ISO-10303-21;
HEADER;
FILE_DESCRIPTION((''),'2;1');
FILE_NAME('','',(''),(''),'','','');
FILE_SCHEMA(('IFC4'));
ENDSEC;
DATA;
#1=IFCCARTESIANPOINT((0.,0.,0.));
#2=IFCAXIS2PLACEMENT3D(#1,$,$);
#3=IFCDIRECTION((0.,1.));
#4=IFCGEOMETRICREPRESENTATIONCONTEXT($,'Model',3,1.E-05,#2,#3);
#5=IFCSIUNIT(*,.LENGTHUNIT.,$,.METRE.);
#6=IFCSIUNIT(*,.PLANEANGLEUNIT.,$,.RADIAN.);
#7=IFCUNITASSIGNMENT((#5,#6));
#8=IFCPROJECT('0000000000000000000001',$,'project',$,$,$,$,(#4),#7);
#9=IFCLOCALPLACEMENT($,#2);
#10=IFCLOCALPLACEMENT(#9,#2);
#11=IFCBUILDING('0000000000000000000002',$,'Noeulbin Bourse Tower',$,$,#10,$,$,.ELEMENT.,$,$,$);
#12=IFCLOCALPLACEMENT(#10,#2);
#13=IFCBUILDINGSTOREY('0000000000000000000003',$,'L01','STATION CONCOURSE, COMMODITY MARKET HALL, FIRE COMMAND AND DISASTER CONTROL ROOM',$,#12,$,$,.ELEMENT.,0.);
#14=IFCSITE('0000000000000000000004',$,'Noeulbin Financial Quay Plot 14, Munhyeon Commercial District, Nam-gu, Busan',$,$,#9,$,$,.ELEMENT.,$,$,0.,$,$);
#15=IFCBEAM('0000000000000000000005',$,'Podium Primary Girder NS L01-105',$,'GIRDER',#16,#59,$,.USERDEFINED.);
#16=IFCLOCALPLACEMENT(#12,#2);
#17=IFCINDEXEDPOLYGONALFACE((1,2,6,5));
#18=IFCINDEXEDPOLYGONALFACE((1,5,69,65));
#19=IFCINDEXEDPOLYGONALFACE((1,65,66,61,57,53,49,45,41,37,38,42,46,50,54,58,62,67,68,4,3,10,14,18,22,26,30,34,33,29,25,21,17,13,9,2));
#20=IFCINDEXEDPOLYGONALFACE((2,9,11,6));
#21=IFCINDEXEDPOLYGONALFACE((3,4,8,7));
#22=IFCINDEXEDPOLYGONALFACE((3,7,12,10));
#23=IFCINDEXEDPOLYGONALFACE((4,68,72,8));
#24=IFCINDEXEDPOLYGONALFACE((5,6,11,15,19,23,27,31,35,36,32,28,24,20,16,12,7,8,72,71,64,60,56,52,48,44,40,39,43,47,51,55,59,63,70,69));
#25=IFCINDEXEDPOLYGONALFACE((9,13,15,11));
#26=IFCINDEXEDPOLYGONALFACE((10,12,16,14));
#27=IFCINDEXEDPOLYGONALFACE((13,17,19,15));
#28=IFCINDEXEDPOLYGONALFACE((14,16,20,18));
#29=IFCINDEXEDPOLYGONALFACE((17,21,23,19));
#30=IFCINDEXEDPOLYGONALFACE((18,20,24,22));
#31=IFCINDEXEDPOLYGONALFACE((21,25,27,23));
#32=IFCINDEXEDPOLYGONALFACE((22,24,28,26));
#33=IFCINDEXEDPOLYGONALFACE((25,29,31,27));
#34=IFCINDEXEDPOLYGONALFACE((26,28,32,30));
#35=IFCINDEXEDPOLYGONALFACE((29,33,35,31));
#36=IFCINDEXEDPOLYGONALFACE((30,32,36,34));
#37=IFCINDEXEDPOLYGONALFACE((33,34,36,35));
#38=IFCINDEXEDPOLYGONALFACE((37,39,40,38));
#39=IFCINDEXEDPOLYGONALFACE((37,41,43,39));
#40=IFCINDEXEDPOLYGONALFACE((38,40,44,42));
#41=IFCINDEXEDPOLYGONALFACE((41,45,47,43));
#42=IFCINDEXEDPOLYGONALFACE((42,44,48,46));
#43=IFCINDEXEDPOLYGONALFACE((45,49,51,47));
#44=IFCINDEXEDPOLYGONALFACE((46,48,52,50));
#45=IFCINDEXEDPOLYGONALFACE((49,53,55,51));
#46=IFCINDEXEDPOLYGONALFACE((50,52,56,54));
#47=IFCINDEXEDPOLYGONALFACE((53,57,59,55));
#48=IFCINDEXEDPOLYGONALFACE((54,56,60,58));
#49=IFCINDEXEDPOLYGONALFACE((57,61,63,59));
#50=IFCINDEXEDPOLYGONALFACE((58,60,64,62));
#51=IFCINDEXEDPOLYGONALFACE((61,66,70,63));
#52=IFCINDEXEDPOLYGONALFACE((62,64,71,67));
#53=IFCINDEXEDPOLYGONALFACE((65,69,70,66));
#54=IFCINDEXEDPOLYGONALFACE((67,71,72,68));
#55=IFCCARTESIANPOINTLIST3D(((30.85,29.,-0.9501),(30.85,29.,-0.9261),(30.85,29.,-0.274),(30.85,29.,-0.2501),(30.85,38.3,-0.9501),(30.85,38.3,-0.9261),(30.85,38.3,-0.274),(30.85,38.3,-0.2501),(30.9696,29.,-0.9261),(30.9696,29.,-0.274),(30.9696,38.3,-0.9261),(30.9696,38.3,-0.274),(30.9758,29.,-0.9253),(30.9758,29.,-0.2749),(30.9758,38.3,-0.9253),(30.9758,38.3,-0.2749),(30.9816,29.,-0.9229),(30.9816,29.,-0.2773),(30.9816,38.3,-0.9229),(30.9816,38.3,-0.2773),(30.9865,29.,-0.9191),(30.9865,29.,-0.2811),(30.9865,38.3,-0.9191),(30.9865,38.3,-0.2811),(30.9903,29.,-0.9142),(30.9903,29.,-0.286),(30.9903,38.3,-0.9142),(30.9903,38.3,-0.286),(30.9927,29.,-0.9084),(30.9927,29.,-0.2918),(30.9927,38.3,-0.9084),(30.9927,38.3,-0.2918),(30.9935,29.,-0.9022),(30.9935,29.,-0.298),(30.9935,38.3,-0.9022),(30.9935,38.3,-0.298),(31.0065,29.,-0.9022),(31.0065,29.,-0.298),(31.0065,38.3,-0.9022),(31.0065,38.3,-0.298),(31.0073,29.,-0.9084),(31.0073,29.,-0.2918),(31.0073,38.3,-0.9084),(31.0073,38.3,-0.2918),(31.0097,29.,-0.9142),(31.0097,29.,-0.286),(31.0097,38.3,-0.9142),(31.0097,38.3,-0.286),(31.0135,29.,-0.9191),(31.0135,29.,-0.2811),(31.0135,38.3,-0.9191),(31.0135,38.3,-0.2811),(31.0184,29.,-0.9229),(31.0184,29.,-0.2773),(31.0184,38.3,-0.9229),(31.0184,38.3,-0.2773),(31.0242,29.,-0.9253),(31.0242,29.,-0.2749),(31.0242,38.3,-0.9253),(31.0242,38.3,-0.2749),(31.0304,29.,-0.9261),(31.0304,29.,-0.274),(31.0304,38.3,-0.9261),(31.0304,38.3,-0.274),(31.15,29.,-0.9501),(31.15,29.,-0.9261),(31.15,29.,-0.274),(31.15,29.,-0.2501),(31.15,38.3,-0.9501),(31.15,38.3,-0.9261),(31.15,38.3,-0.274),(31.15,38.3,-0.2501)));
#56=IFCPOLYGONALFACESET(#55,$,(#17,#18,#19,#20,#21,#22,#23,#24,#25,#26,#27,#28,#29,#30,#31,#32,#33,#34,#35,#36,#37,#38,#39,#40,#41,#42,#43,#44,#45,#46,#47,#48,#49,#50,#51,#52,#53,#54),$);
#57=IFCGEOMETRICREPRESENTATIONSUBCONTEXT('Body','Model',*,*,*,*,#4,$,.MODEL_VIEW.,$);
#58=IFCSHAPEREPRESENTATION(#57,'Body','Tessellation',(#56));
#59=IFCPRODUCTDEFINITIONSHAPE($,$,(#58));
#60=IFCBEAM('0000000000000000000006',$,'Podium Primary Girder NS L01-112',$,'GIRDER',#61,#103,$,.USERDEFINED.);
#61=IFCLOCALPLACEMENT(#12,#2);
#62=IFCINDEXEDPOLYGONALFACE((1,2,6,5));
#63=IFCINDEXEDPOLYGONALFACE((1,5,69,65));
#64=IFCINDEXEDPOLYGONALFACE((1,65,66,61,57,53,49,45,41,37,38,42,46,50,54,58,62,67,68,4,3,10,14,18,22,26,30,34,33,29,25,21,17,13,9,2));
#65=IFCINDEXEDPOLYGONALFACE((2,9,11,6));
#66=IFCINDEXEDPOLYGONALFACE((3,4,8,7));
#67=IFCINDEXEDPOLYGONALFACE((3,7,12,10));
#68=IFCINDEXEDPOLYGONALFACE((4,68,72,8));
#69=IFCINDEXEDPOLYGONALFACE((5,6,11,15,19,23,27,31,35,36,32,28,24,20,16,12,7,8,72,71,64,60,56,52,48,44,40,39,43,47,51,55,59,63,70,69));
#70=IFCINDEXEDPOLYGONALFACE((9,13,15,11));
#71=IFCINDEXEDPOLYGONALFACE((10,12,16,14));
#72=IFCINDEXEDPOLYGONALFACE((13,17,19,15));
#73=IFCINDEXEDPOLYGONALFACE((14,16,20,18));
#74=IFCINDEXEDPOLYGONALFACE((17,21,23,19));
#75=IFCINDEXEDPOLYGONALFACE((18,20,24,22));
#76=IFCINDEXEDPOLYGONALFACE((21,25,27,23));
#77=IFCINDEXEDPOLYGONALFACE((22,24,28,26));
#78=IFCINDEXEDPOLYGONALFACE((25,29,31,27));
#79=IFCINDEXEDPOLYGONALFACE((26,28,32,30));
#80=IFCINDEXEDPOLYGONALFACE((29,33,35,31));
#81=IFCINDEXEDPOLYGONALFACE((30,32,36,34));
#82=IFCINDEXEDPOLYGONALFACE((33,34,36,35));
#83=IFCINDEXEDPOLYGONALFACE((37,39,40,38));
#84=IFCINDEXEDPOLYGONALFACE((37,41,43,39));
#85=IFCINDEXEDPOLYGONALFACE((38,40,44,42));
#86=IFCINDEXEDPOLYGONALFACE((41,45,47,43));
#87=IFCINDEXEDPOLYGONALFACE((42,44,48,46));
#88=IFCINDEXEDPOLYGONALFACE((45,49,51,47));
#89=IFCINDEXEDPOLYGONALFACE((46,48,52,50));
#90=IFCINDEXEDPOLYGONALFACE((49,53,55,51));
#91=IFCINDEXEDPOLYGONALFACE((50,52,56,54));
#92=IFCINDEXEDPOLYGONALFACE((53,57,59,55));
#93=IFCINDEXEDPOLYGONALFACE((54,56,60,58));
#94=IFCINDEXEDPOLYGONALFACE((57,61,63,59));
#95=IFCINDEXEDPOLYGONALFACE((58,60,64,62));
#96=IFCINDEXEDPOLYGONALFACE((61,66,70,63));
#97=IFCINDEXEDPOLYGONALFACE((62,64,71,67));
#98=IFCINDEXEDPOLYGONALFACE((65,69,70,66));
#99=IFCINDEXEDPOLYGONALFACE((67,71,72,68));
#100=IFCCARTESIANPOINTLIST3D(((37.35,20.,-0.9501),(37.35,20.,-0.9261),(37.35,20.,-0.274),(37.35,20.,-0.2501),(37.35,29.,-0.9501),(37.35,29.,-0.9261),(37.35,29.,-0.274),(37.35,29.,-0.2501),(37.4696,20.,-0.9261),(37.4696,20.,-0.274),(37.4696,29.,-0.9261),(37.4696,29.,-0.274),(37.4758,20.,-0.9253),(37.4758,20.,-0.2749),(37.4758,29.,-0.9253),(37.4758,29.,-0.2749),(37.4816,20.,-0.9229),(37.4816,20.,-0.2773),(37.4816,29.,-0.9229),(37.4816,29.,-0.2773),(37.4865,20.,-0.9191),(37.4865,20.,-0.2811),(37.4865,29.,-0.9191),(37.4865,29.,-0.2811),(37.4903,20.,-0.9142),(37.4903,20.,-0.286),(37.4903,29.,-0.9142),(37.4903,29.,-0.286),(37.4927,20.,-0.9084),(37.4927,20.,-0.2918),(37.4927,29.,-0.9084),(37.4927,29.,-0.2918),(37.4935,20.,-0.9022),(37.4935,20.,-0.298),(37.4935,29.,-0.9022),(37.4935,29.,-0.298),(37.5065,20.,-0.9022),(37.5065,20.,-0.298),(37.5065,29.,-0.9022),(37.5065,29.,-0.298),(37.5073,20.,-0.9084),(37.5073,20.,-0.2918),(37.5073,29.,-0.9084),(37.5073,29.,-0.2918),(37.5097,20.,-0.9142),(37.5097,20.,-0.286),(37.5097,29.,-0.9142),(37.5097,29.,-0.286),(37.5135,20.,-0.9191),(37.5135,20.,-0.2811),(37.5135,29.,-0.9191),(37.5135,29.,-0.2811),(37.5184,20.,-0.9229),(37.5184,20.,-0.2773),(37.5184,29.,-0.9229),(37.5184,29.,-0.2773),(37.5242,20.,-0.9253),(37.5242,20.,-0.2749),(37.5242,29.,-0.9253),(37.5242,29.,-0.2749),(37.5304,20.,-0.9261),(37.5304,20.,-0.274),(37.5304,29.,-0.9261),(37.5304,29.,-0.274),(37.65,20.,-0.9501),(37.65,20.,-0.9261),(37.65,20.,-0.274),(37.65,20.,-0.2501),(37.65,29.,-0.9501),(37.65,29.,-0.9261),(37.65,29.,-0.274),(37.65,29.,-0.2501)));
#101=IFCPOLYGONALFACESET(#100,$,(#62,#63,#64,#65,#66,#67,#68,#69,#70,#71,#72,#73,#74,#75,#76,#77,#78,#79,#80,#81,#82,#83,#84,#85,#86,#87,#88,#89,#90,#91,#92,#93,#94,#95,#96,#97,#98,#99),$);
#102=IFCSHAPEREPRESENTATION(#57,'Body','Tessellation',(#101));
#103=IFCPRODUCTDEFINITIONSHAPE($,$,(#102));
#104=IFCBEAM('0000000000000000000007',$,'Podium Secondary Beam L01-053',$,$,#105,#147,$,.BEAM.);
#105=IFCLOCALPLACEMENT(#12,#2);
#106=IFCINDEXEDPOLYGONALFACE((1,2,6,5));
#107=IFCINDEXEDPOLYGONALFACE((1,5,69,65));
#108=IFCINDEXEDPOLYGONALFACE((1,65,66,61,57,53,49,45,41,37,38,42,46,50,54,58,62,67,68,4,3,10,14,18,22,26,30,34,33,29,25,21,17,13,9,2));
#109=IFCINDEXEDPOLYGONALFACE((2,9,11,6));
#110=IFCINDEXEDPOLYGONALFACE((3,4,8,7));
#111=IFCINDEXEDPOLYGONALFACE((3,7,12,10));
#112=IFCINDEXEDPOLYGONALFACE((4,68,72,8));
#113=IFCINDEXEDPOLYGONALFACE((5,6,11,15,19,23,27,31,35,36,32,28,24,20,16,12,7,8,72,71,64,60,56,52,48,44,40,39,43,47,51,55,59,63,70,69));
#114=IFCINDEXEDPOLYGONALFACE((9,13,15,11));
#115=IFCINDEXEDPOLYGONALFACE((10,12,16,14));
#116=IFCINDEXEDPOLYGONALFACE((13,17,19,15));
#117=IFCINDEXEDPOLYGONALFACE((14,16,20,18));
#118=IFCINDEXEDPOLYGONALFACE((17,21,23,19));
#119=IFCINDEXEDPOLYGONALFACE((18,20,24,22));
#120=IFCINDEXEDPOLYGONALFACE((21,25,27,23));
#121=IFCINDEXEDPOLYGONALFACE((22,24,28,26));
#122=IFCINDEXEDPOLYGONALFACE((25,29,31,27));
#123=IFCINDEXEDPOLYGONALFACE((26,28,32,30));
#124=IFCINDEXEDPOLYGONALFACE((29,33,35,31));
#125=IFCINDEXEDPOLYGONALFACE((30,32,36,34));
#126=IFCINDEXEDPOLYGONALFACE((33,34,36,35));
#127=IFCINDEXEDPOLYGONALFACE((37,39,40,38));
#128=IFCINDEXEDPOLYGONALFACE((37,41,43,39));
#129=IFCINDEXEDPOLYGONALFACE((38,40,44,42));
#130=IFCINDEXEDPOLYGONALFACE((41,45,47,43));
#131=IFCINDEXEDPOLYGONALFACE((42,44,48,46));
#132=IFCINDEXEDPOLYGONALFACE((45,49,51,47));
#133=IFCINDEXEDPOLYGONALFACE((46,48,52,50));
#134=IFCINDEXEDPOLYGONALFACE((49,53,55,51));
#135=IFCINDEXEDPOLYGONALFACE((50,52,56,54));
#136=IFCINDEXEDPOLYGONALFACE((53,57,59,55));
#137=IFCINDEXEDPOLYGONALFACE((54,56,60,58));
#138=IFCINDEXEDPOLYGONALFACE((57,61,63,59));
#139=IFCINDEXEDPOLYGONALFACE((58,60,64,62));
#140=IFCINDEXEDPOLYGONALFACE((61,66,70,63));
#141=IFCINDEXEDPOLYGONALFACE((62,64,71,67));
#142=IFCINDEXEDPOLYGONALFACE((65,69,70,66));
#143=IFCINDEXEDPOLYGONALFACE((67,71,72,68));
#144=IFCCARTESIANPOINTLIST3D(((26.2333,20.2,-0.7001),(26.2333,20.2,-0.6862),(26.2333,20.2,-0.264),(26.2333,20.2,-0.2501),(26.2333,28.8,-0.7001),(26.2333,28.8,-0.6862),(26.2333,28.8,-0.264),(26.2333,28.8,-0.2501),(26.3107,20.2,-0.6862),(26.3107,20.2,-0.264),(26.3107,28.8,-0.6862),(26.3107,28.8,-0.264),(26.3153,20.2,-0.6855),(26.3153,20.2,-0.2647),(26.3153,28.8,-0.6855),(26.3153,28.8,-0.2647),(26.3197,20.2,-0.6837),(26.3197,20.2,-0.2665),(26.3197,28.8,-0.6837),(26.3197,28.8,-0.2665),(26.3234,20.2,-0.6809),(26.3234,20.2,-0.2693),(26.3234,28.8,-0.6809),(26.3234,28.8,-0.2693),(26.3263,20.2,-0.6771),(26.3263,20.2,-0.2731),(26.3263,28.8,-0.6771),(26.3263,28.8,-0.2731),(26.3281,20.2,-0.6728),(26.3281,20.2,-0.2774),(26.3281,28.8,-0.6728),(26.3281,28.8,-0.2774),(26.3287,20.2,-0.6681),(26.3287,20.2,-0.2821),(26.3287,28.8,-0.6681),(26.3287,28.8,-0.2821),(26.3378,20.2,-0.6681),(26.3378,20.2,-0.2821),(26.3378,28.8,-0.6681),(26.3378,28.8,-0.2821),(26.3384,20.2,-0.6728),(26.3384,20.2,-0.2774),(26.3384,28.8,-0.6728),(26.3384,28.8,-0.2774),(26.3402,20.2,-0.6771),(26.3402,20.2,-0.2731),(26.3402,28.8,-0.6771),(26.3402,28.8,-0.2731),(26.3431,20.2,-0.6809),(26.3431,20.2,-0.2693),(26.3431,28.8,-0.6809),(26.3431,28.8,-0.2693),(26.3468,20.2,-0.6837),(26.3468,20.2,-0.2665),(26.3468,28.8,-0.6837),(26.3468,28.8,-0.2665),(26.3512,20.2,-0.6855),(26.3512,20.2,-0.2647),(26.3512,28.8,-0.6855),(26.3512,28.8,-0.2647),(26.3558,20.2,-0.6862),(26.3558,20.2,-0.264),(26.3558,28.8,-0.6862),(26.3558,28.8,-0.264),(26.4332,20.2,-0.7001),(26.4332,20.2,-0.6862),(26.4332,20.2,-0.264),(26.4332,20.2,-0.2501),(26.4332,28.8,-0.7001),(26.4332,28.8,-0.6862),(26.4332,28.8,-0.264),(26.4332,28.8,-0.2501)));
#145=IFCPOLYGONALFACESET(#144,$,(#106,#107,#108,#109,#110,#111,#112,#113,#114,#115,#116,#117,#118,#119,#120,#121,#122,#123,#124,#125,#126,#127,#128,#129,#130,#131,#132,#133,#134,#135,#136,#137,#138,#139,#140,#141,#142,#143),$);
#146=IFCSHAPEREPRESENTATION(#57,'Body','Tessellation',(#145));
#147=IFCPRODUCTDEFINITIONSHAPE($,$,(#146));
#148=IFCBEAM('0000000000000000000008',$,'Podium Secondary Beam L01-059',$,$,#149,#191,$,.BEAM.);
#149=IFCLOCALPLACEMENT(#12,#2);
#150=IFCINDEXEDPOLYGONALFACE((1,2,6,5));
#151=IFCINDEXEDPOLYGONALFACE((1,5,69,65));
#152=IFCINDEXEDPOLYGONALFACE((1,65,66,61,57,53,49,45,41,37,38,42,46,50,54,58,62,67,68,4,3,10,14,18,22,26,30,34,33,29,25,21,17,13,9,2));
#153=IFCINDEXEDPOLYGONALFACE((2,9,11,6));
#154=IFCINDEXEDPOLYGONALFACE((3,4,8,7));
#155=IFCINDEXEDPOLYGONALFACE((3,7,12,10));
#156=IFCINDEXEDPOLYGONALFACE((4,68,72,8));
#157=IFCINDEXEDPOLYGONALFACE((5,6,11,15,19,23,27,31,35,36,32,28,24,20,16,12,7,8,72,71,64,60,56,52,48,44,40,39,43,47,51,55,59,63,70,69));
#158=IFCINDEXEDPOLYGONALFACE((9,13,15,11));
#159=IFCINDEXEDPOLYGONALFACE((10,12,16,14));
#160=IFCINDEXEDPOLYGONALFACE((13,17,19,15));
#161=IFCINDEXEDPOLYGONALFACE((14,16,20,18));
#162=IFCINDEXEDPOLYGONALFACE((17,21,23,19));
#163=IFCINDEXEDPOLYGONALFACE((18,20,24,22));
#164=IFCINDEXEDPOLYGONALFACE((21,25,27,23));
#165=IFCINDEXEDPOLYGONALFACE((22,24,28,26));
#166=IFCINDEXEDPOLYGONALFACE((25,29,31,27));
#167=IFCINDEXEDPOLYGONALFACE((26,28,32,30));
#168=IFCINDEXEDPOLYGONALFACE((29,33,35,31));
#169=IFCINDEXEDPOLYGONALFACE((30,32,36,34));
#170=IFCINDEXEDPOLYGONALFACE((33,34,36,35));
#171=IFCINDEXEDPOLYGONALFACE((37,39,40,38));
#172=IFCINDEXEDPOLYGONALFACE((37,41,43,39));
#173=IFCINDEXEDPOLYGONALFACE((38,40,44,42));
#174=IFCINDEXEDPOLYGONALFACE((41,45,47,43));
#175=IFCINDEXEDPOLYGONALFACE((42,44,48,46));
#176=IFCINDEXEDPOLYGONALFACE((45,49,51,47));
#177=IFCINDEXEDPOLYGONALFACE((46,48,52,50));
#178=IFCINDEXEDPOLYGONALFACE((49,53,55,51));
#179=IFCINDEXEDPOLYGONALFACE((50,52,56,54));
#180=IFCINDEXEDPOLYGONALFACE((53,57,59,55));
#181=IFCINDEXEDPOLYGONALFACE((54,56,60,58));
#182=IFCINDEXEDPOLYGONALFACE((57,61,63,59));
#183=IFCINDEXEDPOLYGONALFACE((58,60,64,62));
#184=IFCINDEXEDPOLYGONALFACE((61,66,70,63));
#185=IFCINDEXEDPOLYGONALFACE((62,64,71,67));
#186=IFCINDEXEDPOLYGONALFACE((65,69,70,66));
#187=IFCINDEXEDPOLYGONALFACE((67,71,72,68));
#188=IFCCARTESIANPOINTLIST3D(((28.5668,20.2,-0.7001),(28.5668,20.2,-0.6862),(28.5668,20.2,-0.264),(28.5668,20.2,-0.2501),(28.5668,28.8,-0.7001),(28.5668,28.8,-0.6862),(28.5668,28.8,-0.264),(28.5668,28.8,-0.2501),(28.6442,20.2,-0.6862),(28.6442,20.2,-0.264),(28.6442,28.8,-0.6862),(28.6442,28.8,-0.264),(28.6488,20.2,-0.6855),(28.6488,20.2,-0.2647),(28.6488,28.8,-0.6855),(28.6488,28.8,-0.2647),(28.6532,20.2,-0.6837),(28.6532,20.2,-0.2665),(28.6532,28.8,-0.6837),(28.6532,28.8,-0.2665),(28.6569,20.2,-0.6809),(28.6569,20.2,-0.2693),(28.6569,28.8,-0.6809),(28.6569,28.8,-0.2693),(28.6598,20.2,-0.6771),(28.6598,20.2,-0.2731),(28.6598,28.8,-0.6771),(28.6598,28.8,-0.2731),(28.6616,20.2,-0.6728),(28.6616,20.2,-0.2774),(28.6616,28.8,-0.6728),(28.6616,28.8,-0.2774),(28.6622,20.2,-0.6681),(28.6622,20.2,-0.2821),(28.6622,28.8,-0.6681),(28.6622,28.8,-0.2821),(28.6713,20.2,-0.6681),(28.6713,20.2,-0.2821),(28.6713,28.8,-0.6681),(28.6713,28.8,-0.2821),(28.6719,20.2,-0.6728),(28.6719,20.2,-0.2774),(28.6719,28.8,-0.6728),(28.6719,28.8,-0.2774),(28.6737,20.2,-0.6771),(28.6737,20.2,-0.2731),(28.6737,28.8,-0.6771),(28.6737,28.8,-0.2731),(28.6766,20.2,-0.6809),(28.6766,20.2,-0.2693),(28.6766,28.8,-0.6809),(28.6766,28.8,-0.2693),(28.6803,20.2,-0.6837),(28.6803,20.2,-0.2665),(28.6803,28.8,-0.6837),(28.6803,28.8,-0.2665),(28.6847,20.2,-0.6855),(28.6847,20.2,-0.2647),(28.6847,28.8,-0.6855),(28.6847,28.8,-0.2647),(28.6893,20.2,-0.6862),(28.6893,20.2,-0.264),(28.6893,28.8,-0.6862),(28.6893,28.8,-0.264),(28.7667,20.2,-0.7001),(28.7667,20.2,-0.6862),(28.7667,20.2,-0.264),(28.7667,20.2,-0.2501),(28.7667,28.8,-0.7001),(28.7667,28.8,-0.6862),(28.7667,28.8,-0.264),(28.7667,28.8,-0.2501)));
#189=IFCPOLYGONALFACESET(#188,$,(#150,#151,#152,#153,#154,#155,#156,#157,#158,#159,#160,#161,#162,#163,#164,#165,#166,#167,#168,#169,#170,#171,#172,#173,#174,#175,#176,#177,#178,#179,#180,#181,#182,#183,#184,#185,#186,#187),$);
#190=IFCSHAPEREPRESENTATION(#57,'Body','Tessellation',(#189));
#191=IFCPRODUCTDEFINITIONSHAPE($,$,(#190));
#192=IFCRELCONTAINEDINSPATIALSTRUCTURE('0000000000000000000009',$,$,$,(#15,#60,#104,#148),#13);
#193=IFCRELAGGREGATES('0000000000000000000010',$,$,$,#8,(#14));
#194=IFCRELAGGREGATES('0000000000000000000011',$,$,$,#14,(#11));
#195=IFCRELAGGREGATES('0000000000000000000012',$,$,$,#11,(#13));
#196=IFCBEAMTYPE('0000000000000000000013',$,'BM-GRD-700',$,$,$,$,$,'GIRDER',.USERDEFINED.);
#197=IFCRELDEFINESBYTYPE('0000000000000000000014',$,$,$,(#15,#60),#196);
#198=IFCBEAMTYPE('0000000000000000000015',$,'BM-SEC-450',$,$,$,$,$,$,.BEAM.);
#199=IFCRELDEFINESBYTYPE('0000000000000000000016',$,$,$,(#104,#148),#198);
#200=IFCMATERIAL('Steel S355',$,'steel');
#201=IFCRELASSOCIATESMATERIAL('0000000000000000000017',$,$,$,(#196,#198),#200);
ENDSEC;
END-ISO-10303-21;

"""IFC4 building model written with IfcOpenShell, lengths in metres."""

from ifc_helpers import new_model, si_unit, direction, frame, origin, origin_2d, place, context, subcontext, project, spatial, i_section, extrude, material, material_profile, profile_set, type_object, element, save


model = new_model("IFC4")

# Units and contexts
model_context = context("Model", 3, precision=1e-05, world=origin(), true_north=direction((0.0, 1.0)))
body_context = subcontext(model_context, "Body", "Model", "MODEL_VIEW")
ifc_project = project(units=[si_unit("LENGTHUNIT", "METRE"), si_unit("PLANEANGLEUNIT", "RADIAN")], contexts=[model_context])

# Site, building, storey
site_placement = place(None, origin())
site = spatial("IfcSite", under=ifc_project, at=site_placement, Name="Noeulbin Financial Quay Plot 14, Munhyeon Commercial District, Nam-gu, Busan", CompositionType="ELEMENT", RefElevation=0.0)
building_placement = place(site_placement, origin())
building = spatial("IfcBuilding", under=site, at=building_placement, Name="Noeulbin Bourse Tower", CompositionType="ELEMENT")
storey_placement = place(building_placement, origin())
storey = spatial("IfcBuildingStorey", under=building, at=storey_placement, Name="L01", Description="STATION CONCOURSE, COMMODITY MARKET HALL, FIRE COMMAND AND DISASTER CONTROL ROOM", CompositionType="ELEMENT", Elevation=0.0)

# Beams
ifc_material_1 = material(Name="Steel S355", Category="steel")
ifc_material_profile_1 = material_profile(ifc_material_1, i_section(OverallWidth=0.3, OverallDepth=0.7, WebThickness=0.0129, FlangeThickness=0.0239, FilletRadius=0.0239, at=origin_2d()), Name="H-700x300x13x24", Category="LoadBearing")
ifc_profile_set_1 = profile_set([ifc_material_profile_1], Name="Steel S355")
beam_type_1 = type_object("IfcBeamType", Name="BM-GRD-700", ElementType="GIRDER", PredefinedType="USERDEFINED", material=ifc_profile_set_1)
beam_1_placement = place(storey_placement, frame((31.0, 29.0, -0.6001), z_axis=(0.0, 1.0, 0.0), x_axis=(-1.0, 0.0, 0.0)))
element("IfcBeam", 1, at=beam_1_placement, inside=storey, type_object=beam_type_1, Name="Podium Primary Girder NS L01-105", ObjectType="GIRDER", PredefinedType="USERDEFINED", context=body_context, shape_type="SweptSolid", body=[
    extrude(i_section(OverallWidth=0.3, OverallDepth=0.7, WebThickness=0.0129, FlangeThickness=0.0239, FilletRadius=0.0239, at=origin_2d()), origin(), (0.0, 0.0, 1.0), 9.3),
])
beam_2_placement = place(storey_placement, frame((37.5, 20.0, -0.6001), z_axis=(0.0, 1.0, 0.0), x_axis=(-1.0, 0.0, 0.0)))
element("IfcBeam", 2, at=beam_2_placement, inside=storey, type_object=beam_type_1, Name="Podium Primary Girder NS L01-112", ObjectType="GIRDER", PredefinedType="USERDEFINED", context=body_context, shape_type="SweptSolid", body=[
    extrude(i_section(OverallWidth=0.3, OverallDepth=0.7, WebThickness=0.0129, FlangeThickness=0.0239, FilletRadius=0.0239, at=origin_2d()), origin(), (0.0, 0.0, 1.0), 9.0),
])
ifc_material_profile_2 = material_profile(ifc_material_1, i_section(OverallWidth=0.2, OverallDepth=0.45, WebThickness=0.009, FlangeThickness=0.0139, FilletRadius=0.0181, at=origin_2d()), Name="H-450x200x9x14", Category="LoadBearing")
ifc_profile_set_2 = profile_set([ifc_material_profile_2], Name="Steel S355")
beam_type_2 = type_object("IfcBeamType", Name="BM-SEC-450", PredefinedType="BEAM", material=ifc_profile_set_2)
for number, where, z_axis, x_axis, name in (
    (3, (26.3333, 20.2, -0.4751), (0.0, 1.0, 0.0), (-1.0, 0.0, 0.0), "Podium Secondary Beam L01-053"),
    (4, (28.6667, 20.2, -0.4751), (0.0, 1.0, 0.0), (-1.0, 0.0, 0.0), "Podium Secondary Beam L01-059"),
):
    element("IfcBeam", number, at=place(storey_placement, frame(where, z_axis=z_axis, x_axis=x_axis)), inside=storey, type_object=beam_type_2, Name=name, PredefinedType="BEAM", context=body_context, shape_type="SweptSolid", body=[
        extrude(i_section(OverallWidth=0.2, OverallDepth=0.45, WebThickness=0.009, FlangeThickness=0.0139, FilletRadius=0.0181, at=origin_2d()), origin(), (0.0, 0.0, 1.0), 8.6001),
    ])

save(model, "model.ifc")
